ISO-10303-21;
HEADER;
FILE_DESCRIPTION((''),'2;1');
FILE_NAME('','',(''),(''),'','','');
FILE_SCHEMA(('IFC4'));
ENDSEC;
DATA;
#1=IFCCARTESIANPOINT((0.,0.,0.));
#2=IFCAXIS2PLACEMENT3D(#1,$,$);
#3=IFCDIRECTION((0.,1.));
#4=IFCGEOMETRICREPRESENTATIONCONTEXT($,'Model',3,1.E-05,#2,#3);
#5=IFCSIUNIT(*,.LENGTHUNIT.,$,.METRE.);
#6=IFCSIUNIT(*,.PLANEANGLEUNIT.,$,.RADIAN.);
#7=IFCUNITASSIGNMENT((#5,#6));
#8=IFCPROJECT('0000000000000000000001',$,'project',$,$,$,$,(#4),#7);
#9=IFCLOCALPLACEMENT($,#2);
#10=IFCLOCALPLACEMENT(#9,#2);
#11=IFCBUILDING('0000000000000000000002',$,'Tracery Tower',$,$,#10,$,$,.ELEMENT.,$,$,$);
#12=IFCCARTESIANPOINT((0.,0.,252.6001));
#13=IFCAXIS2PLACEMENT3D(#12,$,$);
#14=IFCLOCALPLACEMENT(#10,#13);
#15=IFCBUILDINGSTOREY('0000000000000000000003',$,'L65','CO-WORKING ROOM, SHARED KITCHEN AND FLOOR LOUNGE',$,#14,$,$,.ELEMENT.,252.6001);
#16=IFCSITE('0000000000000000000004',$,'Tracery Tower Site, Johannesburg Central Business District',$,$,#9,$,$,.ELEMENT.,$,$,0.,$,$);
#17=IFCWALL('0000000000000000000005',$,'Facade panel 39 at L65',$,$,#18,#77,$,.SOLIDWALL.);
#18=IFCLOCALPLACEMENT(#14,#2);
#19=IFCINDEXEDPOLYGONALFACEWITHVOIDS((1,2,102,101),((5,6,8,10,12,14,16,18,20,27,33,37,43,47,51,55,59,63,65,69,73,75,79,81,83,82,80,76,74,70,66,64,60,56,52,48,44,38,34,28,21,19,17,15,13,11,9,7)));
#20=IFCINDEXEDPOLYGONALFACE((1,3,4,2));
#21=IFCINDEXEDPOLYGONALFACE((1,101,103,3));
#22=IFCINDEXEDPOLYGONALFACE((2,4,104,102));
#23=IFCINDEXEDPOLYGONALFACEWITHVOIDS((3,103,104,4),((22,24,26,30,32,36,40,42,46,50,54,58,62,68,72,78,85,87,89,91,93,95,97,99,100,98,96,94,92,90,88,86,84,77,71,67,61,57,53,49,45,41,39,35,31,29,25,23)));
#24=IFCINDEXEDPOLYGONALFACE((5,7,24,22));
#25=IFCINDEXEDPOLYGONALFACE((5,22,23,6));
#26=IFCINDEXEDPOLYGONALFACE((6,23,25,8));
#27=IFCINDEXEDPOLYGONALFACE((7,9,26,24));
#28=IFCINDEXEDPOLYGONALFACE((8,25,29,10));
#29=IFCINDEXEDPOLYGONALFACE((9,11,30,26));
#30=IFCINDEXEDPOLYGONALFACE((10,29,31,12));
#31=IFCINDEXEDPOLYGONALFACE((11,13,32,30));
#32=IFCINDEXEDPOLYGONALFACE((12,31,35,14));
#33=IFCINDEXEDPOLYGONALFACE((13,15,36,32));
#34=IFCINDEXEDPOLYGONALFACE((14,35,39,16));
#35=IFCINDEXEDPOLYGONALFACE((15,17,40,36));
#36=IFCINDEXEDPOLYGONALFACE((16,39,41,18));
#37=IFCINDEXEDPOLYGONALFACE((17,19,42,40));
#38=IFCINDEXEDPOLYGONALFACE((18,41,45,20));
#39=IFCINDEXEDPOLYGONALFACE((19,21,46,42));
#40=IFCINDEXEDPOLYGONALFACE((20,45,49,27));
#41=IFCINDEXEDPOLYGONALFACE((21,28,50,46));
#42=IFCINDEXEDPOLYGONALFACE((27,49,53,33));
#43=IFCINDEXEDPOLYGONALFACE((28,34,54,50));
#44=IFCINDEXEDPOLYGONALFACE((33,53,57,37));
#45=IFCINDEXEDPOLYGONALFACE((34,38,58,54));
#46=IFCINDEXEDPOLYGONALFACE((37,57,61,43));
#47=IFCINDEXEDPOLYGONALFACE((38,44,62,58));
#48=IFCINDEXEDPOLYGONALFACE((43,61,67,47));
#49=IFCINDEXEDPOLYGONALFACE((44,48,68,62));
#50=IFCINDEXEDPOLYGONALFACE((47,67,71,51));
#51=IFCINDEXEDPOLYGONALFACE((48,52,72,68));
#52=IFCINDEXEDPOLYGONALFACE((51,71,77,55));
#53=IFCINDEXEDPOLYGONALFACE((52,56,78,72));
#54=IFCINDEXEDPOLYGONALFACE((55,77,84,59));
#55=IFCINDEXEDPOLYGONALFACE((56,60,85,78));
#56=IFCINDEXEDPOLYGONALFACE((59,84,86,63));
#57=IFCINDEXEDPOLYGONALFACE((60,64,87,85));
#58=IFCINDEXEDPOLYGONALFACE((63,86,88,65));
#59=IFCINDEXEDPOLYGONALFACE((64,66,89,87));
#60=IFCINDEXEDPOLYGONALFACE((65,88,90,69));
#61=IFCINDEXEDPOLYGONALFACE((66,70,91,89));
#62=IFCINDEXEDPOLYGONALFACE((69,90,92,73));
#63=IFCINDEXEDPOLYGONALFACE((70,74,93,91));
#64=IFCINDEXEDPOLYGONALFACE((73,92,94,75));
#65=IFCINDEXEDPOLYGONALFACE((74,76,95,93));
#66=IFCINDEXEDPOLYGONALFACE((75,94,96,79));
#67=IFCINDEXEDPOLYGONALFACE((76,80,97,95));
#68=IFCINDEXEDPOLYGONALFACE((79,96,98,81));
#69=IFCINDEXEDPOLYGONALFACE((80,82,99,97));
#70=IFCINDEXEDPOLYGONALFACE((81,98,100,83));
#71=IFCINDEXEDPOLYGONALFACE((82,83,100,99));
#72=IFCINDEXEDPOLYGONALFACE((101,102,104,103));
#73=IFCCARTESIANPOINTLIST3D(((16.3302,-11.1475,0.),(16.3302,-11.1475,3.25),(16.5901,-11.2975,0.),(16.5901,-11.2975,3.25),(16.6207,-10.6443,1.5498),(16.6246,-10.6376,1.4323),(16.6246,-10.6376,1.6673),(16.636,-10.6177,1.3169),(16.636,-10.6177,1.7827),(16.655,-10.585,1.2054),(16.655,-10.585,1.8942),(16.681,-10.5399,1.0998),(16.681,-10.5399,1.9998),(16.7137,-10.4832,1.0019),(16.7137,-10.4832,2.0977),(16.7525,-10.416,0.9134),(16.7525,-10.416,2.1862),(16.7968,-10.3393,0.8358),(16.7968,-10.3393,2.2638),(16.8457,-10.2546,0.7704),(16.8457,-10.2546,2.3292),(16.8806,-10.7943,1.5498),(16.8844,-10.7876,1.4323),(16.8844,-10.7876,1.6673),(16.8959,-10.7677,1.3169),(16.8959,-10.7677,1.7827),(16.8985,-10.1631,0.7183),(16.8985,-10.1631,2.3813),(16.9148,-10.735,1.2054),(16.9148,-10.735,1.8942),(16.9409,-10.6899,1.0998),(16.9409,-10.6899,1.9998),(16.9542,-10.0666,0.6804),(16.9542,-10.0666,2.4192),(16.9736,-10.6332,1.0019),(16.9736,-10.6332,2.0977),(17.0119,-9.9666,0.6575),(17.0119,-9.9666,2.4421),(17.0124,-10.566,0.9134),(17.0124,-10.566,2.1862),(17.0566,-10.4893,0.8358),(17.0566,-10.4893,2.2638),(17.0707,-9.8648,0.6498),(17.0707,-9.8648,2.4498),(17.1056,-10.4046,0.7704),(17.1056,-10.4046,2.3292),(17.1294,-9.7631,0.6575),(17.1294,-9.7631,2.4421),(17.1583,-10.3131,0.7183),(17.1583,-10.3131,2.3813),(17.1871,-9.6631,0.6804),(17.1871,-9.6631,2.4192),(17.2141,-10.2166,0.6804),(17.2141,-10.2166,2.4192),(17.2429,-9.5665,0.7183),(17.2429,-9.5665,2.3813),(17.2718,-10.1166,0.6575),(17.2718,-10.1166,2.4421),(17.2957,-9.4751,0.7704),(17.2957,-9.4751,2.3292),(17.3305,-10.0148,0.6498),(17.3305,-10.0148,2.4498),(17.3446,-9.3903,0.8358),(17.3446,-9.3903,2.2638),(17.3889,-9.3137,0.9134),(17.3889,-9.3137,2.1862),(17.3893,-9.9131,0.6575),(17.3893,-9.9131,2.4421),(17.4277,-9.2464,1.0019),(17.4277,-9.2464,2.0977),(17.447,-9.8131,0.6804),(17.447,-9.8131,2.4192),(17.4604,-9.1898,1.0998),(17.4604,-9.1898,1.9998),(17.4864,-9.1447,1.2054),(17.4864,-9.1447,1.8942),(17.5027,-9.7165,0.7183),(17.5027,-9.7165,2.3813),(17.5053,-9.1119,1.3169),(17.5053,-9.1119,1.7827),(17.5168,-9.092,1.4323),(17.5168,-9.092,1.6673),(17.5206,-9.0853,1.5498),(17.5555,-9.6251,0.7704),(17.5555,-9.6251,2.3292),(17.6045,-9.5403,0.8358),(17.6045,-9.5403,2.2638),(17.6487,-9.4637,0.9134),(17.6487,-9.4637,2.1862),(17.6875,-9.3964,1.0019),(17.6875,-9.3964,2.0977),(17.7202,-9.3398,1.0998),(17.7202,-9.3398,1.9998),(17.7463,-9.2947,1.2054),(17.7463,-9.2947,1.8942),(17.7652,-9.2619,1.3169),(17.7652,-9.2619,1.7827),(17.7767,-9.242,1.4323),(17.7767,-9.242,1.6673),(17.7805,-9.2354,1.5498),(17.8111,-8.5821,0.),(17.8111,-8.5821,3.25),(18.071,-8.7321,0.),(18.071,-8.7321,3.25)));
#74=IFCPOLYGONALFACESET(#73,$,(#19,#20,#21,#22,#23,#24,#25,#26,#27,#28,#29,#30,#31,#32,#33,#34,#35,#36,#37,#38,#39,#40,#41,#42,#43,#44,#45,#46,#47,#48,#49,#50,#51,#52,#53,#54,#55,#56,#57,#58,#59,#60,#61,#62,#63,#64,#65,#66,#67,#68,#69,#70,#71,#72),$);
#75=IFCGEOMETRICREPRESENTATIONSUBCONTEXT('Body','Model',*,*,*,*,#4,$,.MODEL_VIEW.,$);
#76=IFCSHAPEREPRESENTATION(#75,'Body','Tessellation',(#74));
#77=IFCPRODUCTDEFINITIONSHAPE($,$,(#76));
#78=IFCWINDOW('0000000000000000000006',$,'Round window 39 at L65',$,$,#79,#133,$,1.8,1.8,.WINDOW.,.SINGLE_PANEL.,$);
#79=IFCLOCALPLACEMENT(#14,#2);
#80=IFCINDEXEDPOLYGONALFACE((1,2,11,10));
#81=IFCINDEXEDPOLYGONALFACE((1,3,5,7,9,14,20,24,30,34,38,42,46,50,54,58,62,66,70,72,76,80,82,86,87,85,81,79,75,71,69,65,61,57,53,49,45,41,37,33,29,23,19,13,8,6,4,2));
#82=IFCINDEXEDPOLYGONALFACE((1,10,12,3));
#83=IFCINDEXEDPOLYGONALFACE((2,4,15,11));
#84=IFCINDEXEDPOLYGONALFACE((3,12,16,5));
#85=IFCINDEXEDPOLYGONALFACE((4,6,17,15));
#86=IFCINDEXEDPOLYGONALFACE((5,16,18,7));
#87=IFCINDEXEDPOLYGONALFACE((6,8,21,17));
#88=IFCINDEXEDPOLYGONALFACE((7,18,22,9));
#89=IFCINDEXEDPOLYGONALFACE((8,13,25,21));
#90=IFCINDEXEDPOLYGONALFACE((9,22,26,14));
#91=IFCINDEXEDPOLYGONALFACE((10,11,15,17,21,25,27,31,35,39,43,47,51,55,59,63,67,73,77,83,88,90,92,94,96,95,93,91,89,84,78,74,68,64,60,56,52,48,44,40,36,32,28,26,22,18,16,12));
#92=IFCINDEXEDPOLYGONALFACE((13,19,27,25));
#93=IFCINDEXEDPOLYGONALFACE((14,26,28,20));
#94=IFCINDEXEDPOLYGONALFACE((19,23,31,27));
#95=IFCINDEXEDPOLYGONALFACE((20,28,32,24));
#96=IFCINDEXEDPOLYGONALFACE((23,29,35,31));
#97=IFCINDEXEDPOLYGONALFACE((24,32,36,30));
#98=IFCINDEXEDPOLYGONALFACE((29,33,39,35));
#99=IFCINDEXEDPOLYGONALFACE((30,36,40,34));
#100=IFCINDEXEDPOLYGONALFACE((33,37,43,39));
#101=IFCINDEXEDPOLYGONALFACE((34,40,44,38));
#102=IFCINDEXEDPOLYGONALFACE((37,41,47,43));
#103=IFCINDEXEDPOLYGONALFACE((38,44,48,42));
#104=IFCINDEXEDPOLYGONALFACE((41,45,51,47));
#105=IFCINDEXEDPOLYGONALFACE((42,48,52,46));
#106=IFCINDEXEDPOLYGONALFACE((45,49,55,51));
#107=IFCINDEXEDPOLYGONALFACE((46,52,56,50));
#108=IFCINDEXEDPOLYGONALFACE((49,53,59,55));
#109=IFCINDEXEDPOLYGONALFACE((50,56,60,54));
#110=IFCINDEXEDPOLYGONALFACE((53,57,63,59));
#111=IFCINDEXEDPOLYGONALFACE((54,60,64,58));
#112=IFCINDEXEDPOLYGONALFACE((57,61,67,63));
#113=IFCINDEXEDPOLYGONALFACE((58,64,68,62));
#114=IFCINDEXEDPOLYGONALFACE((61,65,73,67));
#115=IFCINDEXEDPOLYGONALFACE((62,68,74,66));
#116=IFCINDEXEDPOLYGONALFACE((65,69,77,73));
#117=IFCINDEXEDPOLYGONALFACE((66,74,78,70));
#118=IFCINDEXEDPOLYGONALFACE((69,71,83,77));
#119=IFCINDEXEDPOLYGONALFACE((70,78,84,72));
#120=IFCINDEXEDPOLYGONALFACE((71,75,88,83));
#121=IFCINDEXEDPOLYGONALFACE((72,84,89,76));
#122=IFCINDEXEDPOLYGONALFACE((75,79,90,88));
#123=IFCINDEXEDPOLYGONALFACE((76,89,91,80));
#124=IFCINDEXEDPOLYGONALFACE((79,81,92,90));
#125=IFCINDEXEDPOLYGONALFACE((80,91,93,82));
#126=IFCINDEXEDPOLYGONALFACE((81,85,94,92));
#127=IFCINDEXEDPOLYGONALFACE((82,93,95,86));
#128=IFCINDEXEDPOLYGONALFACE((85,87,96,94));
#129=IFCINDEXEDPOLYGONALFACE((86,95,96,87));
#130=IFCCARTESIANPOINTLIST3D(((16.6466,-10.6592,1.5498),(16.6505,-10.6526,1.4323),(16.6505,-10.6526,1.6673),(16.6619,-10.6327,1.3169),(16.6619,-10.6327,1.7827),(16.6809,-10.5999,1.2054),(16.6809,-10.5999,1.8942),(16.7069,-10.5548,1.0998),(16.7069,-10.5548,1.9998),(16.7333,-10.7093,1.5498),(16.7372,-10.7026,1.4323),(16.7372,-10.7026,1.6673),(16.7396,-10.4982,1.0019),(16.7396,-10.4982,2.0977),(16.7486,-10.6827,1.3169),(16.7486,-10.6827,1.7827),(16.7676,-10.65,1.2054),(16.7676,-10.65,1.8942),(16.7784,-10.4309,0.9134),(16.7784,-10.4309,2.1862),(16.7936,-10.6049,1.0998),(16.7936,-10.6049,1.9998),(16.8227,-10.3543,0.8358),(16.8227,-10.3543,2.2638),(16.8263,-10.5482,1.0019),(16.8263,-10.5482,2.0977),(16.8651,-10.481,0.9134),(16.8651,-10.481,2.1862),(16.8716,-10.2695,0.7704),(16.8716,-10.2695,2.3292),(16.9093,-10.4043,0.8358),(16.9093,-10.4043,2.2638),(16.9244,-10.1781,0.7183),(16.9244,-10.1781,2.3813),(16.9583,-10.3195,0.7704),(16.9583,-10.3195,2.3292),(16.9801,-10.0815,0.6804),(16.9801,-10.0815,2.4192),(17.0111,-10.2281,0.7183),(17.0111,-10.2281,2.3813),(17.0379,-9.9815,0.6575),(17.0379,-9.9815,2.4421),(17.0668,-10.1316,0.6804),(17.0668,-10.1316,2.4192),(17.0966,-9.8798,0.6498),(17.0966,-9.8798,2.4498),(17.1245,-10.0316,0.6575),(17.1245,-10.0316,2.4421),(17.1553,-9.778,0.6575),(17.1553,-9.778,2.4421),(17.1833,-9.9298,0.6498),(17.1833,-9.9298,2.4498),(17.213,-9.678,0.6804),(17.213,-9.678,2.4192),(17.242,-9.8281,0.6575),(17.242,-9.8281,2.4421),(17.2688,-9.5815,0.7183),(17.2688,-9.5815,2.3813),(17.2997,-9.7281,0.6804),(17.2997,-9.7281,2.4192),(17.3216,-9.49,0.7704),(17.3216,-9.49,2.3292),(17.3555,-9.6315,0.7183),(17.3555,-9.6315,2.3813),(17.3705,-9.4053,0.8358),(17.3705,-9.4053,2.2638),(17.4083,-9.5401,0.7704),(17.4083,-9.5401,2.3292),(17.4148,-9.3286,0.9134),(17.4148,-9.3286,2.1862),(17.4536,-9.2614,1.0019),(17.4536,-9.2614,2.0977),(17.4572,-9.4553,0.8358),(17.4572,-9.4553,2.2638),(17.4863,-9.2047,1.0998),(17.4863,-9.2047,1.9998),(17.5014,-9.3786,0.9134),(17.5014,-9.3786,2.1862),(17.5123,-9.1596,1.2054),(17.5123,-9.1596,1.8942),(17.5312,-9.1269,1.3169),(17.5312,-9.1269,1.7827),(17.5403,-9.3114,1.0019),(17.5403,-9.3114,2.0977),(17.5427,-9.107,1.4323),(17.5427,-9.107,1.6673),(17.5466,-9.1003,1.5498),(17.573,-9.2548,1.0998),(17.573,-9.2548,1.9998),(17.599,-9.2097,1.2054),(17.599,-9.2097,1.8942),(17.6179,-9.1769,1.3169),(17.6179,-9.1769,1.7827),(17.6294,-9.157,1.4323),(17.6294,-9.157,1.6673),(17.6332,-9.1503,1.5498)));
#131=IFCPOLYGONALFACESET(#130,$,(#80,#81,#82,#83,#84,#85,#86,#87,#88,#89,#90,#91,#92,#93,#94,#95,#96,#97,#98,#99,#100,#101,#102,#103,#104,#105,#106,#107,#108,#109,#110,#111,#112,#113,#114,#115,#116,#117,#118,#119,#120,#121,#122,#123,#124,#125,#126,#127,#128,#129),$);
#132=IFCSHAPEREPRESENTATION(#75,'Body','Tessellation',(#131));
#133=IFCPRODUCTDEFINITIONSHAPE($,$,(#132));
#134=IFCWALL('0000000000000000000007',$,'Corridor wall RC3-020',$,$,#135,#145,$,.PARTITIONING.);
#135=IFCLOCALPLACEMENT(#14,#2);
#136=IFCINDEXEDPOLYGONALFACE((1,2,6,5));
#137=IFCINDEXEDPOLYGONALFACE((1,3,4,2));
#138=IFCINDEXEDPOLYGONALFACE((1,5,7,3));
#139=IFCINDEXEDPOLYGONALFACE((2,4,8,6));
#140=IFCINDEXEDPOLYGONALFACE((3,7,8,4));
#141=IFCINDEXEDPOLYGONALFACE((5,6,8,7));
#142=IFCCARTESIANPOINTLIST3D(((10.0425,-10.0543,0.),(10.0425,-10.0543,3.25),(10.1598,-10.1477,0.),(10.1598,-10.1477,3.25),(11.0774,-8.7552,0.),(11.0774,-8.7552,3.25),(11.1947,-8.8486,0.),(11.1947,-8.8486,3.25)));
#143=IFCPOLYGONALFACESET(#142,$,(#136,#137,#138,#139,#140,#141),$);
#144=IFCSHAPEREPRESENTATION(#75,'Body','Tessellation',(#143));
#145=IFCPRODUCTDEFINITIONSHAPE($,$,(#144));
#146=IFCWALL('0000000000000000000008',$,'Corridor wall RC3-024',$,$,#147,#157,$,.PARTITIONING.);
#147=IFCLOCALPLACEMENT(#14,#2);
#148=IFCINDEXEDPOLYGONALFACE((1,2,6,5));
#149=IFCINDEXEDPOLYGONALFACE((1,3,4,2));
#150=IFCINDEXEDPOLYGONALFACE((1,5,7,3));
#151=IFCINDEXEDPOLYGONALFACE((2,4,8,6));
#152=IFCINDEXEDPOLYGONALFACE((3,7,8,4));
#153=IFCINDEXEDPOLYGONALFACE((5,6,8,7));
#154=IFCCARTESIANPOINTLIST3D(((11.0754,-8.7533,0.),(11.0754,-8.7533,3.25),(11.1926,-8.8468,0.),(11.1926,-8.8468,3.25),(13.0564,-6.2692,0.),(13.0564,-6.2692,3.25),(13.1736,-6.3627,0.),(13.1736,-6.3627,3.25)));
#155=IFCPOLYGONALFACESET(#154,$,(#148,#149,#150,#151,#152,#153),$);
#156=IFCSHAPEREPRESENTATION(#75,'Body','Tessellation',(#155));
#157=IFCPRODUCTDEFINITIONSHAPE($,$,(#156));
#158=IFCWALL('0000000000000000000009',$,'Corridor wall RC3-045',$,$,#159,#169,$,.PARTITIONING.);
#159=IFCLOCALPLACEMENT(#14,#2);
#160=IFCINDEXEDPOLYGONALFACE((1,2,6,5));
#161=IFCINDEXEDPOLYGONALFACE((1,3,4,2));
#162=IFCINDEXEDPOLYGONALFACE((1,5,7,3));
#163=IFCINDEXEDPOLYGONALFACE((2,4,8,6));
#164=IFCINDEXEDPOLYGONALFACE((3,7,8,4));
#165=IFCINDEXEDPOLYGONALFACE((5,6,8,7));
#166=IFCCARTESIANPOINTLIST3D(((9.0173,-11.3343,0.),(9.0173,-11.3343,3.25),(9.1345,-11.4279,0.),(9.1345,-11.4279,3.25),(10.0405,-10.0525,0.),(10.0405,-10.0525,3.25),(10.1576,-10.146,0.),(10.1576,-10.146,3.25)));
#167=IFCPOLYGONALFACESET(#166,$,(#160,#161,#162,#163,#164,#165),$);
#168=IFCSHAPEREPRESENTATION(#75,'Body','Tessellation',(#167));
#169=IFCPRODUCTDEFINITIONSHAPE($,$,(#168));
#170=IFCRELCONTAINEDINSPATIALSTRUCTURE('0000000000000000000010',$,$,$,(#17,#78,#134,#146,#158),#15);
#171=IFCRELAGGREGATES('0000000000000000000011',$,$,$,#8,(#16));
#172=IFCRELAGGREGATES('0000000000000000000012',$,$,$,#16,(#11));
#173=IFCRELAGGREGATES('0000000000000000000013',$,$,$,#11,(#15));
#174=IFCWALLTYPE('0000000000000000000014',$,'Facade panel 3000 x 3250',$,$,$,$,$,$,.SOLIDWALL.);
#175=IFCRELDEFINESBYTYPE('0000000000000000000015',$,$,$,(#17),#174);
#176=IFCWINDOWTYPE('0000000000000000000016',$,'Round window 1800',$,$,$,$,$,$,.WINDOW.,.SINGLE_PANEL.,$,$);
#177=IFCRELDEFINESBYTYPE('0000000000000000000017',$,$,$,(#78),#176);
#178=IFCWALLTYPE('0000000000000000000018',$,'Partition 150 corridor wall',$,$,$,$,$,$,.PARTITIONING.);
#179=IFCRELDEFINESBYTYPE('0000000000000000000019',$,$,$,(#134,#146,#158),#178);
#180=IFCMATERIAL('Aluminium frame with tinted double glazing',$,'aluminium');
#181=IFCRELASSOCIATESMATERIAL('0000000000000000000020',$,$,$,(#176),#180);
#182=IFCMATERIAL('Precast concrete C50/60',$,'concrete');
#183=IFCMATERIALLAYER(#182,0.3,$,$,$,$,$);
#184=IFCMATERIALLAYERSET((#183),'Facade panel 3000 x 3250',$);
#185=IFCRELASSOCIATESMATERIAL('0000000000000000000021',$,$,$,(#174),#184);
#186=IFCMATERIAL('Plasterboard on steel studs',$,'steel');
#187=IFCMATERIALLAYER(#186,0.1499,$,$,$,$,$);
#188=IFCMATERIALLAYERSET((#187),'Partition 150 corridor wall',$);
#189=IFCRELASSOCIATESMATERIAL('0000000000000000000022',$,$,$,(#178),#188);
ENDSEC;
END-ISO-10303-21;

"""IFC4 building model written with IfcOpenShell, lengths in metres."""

from ifc_helpers import new_model, si_unit, direction, frame, frame_2d, origin, origin_2d, place, context, subcontext, project, spatial, rectangle, circle, extrude, material, layer, layer_set, type_object, element, fill, save


model = new_model("IFC4")

# Units and contexts
model_context = context("Model", 3, precision=1e-05, world=origin(), true_north=direction((0.0, 1.0)))
body_context = subcontext(model_context, "Body", "Model", "MODEL_VIEW")
ifc_project = project(units=[si_unit("LENGTHUNIT", "METRE"), si_unit("PLANEANGLEUNIT", "RADIAN")], contexts=[model_context])

# Site, building, storey
site_placement = place(None, origin())
site = spatial("IfcSite", under=ifc_project, at=site_placement, Name="Tracery Tower Site, Johannesburg Central Business District", CompositionType="ELEMENT", RefElevation=0.0)
building_placement = place(site_placement, origin())
building = spatial("IfcBuilding", under=site, at=building_placement, Name="Tracery Tower", CompositionType="ELEMENT")
storey_placement = place(building_placement, frame((0.0, 0.0, 252.6001)))
storey = spatial("IfcBuildingStorey", under=building, at=storey_placement, Name="L65", Description="CO-WORKING ROOM, SHARED KITCHEN AND FLOOR LOUNGE", CompositionType="ELEMENT", Elevation=252.6001)

# Wall, opening, window
ifc_material_1 = material(Name="Aluminium frame with tinted double glazing", Category="aluminium")
window_type = type_object("IfcWindowType", Name="Round window 1800", PartitioningType="SINGLE_PANEL", PredefinedType="WINDOW", material=ifc_material_1)
ifc_material_2 = material(Name="Precast concrete C50/60", Category="concrete")
ifc_layer_1 = layer(ifc_material_2, 0.3)
ifc_layer_set_1 = layer_set([ifc_layer_1], Name="Facade panel 3000 x 3250")
wall_type_1 = type_object("IfcWallType", Name="Facade panel 3000 x 3250", PredefinedType="SOLIDWALL", material=ifc_layer_set_1)
wall_1_placement = place(storey_placement, frame((16.4602, -11.2224, 0.0), z_axis=(0.0, 0.0, 1.0), x_axis=(0.499951, 0.866054, 0.0)))
wall_1 = element("IfcWall", 1, at=wall_1_placement, inside=storey, type_object=wall_type_1, Name="Facade panel 39 at L65", PredefinedType="SOLIDWALL", context=body_context, shape_type="SweptSolid", body=[
    extrude(rectangle(XDim=2.9622, YDim=0.3, at=frame_2d((1.481, 0.0))), origin(), (0.0, 0.0, 1.0), 3.25),
])
opening_1_placement = place(wall_1_placement, frame((1.481, 0.0, 1.5498)))
opening_1 = element("IfcOpeningElement", 2, at=opening_1_placement, cuts=wall_1, PredefinedType="OPENING", context=body_context, shape_type="SweptSolid", body=[
    extrude(circle(Radius=0.9, at=origin_2d()), frame((0.0, 0.1599, 0.0), z_axis=(0.0, -1.0, 0.0), x_axis=(1.0, 0.0, 0.0)), (0.0, 0.0, 1.0), 0.3201),
])
window_1_placement = place(opening_1_placement, origin())
window_1 = element("IfcWindow", 3, at=window_1_placement, inside=storey, type_object=window_type, Name="Round window 39 at L65", OverallHeight=1.8, OverallWidth=1.8, PartitioningType="SINGLE_PANEL", PredefinedType="WINDOW", context=body_context, shape_type="SweptSolid", body=[
    extrude(circle(Radius=0.9, at=origin_2d()), frame((0.0, 0.1201, 0.0), z_axis=(0.0, -1.0, 0.0), x_axis=(1.0, 0.0, 0.0)), (0.0, 0.0, 1.0), 0.1001),
])
fill(opening_1, window_1)

# Walls
ifc_material_3 = material(Name="Plasterboard on steel studs", Category="steel")
ifc_layer_2 = layer(ifc_material_3, 0.1499)
ifc_layer_set_2 = layer_set([ifc_layer_2], Name="Partition 150 corridor wall")
wall_type_2 = type_object("IfcWallType", Name="Partition 150 corridor wall", PredefinedType="PARTITIONING", material=ifc_layer_set_2)
wall_2_placement = place(storey_placement, frame((10.1011, -10.1011, 0.0), z_axis=(0.0, 0.0, 1.0), x_axis=(0.623098, 0.782143, 0.0)))
element("IfcWall", 4, at=wall_2_placement, inside=storey, type_object=wall_type_2, Name="Corridor wall RC3-020", PredefinedType="PARTITIONING", context=body_context, shape_type="SweptSolid", body=[
    extrude(rectangle(XDim=1.6609, YDim=0.1499, at=frame_2d((0.8306, 0.0))), origin(), (0.0, 0.0, 1.0), 3.25),
])
wall_3_placement = place(storey_placement, frame((11.134, -8.8, 0.0), z_axis=(0.0, 0.0, 1.0), x_axis=(0.623476, 0.781842, 0.0)))
element("IfcWall", 5, at=wall_3_placement, inside=storey, type_object=wall_type_2, Name="Corridor wall RC3-024", PredefinedType="PARTITIONING", context=body_context, shape_type="SweptSolid", body=[
    extrude(rectangle(XDim=3.1772, YDim=0.1499, at=frame_2d((1.5886, 0.0))), origin(), (0.0, 0.0, 1.0), 3.25),
])
wall_4_placement = place(storey_placement, frame((9.0759, -11.3811, 0.0), z_axis=(0.0, 0.0, 1.0), x_axis=(0.623805, 0.78158, 0.0)))
element("IfcWall", 6, at=wall_4_placement, inside=storey, type_object=wall_type_2, Name="Corridor wall RC3-045", PredefinedType="PARTITIONING", context=body_context, shape_type="SweptSolid", body=[
    extrude(rectangle(XDim=1.6401, YDim=0.1499, at=frame_2d((0.8201, 0.0))), origin(), (0.0, 0.0, 1.0), 3.25),
])

save(model, "model.ifc")
